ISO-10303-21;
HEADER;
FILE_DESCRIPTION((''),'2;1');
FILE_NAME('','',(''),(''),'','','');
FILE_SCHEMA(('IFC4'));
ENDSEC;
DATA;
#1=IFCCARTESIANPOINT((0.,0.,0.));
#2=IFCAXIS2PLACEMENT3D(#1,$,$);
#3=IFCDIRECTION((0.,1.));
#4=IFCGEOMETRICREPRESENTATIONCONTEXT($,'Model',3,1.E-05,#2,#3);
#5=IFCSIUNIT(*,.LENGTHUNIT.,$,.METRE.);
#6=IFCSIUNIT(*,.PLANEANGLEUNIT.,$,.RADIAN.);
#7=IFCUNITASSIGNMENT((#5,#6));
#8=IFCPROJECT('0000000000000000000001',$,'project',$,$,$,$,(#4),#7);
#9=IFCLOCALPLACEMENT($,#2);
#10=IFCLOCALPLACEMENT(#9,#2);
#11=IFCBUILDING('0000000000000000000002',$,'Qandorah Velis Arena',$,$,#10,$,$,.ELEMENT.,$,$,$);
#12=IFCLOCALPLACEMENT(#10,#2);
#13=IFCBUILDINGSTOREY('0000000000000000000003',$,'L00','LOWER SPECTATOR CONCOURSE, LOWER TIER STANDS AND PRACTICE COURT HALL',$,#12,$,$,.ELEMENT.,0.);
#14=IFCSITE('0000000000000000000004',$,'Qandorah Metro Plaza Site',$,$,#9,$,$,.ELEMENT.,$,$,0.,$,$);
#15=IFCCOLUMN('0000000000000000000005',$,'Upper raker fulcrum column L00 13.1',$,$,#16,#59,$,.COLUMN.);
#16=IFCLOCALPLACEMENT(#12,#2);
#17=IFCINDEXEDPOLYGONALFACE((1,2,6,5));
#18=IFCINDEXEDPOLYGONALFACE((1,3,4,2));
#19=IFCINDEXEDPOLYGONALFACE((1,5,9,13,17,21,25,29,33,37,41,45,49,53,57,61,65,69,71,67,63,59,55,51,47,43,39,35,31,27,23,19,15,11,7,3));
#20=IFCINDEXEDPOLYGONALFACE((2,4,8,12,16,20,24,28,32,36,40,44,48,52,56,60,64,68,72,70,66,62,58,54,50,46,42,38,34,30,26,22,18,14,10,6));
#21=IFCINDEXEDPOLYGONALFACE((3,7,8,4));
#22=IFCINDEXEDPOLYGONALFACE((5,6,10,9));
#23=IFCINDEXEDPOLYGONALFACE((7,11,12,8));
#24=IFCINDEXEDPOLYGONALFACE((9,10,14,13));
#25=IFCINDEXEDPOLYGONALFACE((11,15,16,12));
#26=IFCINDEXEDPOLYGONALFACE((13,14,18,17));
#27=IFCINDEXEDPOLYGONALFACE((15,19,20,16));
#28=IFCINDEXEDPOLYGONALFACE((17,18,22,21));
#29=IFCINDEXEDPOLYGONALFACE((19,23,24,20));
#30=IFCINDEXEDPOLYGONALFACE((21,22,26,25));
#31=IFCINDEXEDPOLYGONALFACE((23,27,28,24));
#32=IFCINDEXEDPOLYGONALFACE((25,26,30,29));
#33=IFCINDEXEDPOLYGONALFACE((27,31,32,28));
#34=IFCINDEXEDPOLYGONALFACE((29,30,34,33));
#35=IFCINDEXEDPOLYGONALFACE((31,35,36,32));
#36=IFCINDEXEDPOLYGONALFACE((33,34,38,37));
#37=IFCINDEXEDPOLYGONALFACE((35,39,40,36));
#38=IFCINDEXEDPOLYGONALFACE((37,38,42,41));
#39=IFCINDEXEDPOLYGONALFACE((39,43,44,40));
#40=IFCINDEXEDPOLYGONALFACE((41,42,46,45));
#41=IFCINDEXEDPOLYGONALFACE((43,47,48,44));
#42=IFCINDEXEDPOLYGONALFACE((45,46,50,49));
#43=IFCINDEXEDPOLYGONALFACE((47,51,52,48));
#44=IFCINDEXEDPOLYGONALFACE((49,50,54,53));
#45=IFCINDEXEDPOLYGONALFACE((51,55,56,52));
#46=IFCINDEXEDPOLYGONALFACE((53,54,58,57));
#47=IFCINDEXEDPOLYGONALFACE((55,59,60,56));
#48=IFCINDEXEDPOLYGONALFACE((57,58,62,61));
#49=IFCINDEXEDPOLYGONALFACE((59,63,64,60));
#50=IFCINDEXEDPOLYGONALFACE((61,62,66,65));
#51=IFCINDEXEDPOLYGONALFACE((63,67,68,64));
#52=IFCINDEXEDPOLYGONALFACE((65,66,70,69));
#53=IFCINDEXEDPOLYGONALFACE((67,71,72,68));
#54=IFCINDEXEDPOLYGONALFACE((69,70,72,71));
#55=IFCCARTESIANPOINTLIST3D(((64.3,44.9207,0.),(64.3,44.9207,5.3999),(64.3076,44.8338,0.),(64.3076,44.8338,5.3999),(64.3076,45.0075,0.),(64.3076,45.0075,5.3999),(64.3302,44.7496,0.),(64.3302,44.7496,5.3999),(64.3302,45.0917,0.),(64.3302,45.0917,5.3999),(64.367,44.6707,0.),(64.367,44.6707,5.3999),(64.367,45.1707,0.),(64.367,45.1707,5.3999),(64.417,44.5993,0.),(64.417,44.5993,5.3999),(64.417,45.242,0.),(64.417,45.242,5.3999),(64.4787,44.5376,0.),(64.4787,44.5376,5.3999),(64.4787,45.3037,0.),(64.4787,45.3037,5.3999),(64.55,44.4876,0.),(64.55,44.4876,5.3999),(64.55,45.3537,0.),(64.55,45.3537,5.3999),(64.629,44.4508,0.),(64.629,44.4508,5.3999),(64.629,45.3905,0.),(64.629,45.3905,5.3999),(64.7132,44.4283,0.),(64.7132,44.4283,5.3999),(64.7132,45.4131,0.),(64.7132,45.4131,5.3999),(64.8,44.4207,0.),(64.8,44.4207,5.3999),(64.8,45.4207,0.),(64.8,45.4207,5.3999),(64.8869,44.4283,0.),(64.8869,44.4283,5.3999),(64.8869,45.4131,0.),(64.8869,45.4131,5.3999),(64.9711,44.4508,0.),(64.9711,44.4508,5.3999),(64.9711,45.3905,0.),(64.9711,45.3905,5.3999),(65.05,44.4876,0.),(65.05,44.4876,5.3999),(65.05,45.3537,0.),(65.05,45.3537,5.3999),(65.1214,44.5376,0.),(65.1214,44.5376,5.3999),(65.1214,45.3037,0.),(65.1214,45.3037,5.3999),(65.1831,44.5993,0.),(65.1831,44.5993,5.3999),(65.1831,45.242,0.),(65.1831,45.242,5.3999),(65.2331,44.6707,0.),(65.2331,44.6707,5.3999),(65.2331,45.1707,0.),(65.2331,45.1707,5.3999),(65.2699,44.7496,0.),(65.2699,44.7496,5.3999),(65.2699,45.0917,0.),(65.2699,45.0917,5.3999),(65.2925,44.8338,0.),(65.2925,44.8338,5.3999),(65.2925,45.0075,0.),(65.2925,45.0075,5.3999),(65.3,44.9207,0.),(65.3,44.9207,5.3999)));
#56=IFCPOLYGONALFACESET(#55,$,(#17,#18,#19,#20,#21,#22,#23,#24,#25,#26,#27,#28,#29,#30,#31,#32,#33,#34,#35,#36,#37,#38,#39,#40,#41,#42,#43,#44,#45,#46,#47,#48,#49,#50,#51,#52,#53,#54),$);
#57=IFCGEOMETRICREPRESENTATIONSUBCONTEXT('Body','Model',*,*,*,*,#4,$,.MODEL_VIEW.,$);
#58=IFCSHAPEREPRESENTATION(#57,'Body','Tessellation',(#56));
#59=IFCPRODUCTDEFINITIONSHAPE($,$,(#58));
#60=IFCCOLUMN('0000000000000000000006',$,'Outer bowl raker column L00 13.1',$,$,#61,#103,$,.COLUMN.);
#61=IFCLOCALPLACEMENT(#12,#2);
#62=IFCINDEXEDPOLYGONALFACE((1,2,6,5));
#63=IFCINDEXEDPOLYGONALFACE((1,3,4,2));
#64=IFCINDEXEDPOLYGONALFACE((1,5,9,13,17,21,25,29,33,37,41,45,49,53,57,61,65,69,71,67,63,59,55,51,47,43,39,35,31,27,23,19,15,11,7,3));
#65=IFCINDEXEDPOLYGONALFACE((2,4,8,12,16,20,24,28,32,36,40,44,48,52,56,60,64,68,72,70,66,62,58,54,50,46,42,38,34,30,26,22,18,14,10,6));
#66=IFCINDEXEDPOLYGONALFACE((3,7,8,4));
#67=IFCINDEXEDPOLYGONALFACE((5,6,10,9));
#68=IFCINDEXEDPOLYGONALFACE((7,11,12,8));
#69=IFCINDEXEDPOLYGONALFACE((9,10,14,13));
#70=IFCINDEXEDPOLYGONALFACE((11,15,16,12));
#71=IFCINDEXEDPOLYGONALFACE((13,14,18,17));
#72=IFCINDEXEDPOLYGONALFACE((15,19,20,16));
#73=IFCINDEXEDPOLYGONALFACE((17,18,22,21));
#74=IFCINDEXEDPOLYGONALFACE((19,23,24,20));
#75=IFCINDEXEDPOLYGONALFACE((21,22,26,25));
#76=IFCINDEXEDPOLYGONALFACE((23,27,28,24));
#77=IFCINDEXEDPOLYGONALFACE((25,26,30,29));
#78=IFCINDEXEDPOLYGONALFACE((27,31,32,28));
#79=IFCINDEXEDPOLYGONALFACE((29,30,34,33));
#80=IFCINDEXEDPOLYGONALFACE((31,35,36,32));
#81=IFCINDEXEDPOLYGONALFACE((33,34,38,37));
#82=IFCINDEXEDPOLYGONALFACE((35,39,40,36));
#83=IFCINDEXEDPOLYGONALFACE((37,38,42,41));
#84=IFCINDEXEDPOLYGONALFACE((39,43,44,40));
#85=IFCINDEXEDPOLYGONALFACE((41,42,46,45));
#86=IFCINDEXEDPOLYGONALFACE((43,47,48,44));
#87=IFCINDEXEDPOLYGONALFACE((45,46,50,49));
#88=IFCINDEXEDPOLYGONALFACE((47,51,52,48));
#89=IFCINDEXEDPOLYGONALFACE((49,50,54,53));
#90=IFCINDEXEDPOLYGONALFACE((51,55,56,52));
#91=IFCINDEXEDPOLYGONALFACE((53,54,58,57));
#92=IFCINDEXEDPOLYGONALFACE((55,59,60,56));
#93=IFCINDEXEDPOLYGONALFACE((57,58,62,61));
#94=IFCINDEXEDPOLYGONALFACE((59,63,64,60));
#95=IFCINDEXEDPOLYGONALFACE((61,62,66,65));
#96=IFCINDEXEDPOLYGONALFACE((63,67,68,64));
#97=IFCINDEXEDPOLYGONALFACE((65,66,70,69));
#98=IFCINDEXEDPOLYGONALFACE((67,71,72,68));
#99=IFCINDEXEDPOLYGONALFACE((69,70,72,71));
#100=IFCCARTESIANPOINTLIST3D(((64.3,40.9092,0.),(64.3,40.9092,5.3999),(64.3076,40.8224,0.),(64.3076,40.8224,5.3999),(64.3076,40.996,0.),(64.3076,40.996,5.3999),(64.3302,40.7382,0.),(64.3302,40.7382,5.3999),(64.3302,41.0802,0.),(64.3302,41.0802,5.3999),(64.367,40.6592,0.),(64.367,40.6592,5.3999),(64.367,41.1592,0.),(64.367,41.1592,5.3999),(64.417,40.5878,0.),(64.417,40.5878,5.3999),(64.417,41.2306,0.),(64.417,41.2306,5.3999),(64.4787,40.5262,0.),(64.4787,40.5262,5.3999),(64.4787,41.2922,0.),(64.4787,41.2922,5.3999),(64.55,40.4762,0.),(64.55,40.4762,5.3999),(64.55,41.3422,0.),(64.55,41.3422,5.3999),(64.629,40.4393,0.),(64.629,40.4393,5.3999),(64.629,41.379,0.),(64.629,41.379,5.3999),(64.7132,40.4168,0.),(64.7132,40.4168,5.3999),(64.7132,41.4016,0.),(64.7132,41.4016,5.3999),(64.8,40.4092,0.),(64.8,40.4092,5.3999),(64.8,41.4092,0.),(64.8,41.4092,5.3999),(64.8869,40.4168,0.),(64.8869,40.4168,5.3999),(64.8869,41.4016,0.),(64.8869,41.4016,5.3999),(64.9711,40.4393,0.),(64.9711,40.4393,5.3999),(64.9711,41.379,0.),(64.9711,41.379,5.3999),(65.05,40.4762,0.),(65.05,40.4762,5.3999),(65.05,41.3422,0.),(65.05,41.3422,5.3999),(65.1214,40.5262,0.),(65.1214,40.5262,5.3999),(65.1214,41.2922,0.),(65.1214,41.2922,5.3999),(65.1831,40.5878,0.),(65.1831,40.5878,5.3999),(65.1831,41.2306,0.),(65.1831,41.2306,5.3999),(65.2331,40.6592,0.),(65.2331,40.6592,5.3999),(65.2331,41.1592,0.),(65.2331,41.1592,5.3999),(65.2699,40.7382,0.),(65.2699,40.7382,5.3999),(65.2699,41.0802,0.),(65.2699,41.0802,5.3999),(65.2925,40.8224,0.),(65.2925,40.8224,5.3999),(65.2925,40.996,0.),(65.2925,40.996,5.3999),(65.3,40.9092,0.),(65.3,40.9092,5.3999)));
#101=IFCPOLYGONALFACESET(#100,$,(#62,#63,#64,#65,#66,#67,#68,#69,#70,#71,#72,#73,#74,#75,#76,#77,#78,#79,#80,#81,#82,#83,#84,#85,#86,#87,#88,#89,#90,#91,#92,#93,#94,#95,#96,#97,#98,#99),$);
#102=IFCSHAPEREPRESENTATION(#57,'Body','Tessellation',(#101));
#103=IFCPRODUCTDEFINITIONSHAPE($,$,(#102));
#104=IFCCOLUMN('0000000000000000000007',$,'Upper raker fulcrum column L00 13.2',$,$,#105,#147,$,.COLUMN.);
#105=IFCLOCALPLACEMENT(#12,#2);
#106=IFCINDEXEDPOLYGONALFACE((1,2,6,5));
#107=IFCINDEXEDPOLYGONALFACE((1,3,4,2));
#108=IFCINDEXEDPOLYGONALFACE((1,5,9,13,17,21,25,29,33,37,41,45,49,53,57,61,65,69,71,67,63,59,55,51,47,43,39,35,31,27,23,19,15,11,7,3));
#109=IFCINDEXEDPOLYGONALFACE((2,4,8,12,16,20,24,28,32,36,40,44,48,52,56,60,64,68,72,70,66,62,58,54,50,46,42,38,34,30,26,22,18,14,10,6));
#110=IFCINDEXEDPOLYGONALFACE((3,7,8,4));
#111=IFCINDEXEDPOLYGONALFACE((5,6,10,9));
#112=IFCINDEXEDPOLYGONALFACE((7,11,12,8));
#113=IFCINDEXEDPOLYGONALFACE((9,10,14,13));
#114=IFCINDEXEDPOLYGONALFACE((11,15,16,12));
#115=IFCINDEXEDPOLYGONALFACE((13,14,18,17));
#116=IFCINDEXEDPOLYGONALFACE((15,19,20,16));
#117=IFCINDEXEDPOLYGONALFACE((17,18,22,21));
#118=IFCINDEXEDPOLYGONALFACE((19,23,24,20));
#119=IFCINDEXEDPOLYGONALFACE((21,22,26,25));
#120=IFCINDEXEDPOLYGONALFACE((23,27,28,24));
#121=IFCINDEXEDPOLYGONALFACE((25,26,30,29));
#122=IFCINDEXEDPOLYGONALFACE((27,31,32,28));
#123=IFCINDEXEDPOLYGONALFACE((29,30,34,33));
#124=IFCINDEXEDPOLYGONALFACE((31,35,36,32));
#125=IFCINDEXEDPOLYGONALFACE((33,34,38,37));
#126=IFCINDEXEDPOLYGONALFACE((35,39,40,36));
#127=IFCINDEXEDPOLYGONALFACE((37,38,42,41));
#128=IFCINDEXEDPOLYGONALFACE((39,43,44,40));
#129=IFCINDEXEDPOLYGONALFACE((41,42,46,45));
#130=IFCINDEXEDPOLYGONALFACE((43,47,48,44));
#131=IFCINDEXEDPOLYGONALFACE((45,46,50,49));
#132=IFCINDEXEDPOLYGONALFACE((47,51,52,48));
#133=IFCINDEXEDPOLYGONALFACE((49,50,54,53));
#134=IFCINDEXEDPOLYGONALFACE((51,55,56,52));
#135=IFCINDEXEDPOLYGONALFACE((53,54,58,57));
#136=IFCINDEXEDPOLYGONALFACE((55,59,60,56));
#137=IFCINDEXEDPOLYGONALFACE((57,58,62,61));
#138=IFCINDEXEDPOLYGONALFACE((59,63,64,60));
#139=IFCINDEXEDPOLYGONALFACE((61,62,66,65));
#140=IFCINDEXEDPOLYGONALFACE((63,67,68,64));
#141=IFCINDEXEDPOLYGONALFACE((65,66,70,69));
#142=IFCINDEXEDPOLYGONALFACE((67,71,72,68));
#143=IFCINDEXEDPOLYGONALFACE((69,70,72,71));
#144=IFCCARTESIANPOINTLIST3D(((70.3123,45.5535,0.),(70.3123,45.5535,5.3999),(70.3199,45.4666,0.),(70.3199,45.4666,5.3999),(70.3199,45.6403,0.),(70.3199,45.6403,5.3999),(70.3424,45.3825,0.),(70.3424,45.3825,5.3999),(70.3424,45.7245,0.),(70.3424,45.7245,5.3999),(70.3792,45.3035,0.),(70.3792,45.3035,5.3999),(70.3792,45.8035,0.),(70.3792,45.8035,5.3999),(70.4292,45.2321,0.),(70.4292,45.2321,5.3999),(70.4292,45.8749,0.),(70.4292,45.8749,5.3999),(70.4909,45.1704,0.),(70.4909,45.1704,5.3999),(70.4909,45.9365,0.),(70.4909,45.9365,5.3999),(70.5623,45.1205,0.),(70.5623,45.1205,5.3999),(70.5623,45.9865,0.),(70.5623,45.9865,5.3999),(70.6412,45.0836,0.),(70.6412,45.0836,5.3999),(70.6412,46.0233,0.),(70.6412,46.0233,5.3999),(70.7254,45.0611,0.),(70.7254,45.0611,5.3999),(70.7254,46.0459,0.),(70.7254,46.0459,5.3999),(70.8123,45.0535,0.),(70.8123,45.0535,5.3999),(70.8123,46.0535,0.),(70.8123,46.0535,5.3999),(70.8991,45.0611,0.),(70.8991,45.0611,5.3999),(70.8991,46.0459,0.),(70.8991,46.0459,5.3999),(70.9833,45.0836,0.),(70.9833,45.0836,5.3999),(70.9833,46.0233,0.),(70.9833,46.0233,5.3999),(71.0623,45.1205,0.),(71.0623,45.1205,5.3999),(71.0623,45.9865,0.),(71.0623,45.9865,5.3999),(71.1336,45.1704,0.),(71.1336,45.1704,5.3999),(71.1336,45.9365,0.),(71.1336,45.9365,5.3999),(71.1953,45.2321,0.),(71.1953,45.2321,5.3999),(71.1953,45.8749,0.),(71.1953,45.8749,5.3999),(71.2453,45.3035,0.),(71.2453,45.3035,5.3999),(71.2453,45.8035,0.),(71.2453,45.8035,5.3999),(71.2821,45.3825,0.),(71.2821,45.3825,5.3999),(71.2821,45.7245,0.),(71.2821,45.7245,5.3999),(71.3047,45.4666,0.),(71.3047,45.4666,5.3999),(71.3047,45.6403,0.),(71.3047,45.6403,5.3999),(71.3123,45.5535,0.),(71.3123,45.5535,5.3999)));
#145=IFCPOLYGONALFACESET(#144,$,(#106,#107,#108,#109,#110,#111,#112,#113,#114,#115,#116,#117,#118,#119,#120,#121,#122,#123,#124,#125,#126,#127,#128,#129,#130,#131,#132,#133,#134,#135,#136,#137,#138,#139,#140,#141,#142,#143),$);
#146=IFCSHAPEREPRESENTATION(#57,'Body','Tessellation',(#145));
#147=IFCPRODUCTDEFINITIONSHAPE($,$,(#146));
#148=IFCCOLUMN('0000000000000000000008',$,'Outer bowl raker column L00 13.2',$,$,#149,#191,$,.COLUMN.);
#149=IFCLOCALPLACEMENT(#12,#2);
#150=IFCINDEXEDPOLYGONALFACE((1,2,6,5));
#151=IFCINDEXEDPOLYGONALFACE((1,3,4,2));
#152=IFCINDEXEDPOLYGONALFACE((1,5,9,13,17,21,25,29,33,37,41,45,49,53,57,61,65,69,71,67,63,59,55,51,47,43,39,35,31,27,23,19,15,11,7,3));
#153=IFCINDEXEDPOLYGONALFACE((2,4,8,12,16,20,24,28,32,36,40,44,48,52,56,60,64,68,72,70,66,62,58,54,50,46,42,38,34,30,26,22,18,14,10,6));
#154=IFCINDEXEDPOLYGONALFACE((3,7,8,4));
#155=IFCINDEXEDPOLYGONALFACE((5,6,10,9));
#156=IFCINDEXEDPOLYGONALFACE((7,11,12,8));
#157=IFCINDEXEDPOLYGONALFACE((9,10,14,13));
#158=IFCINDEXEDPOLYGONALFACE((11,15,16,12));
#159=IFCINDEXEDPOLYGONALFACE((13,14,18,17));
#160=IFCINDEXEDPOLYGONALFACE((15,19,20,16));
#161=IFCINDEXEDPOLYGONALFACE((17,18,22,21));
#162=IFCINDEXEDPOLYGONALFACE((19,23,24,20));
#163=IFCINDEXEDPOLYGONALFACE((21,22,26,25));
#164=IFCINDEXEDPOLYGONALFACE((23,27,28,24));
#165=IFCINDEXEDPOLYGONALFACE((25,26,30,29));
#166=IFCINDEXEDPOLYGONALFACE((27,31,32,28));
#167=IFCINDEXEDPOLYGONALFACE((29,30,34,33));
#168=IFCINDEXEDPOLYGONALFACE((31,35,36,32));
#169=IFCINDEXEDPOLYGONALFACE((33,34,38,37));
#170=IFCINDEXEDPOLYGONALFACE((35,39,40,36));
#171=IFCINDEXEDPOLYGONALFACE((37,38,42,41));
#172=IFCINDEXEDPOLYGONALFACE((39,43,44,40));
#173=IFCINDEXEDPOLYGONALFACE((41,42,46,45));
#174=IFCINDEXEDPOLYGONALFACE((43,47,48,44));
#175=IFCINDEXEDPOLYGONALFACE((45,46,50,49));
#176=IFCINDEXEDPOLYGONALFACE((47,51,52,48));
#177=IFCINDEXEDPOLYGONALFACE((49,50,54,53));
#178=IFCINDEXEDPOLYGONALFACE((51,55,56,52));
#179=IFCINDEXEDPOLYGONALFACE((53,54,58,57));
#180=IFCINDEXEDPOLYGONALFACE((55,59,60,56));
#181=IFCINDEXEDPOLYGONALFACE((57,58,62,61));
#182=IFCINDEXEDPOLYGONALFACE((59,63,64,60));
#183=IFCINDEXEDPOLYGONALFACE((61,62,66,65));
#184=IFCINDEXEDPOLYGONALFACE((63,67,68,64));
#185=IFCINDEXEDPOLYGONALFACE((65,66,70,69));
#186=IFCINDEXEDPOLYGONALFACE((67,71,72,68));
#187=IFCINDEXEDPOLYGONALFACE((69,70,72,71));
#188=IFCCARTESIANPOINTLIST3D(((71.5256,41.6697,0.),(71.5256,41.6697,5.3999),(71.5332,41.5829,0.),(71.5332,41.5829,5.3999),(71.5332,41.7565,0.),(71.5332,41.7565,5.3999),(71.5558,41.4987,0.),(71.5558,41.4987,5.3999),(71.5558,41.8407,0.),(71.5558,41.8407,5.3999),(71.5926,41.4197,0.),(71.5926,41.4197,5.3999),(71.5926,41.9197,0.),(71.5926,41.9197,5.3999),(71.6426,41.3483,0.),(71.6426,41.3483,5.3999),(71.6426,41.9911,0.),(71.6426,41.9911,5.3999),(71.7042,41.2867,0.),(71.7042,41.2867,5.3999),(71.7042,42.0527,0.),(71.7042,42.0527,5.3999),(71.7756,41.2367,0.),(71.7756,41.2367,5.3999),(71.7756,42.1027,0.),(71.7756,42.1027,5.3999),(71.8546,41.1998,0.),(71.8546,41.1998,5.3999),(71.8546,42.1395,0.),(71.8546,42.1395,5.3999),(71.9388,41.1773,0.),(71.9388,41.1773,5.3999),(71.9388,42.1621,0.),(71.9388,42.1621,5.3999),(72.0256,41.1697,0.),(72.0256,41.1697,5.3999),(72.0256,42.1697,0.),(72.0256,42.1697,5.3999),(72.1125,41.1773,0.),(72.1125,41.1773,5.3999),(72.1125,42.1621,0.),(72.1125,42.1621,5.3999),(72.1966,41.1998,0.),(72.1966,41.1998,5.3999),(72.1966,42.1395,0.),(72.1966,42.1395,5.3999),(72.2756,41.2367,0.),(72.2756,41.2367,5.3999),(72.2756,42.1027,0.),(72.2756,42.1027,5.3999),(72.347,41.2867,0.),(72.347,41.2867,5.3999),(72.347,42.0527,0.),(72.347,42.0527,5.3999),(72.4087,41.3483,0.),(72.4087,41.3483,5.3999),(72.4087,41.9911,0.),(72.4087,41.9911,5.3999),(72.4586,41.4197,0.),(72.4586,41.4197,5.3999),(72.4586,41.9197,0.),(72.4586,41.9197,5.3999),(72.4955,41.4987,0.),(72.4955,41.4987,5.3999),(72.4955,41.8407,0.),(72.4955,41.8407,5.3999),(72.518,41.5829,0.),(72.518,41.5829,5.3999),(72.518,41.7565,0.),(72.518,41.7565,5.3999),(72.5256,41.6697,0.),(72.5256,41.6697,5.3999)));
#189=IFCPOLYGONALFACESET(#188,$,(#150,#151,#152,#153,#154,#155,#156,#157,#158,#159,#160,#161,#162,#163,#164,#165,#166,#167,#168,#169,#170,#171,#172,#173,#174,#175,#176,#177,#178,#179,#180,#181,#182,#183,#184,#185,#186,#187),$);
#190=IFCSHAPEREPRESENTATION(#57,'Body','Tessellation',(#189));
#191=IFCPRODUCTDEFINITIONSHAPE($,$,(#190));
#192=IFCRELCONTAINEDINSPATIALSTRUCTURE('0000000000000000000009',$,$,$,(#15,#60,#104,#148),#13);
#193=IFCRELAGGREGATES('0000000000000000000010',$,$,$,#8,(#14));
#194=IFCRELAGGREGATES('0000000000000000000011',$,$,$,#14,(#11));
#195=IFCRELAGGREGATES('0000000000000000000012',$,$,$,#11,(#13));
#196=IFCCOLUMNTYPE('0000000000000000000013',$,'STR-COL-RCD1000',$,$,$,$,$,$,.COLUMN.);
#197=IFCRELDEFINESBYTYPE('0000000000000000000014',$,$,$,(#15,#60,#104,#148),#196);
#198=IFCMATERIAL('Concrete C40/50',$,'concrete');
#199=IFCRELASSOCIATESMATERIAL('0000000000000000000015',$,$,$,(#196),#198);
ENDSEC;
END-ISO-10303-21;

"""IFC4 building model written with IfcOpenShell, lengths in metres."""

from ifc_helpers import new_model, si_unit, direction, frame, origin, origin_2d, place, context, subcontext, project, spatial, circle, extrude, material, material_profile, profile_set, type_object, element, save


model = new_model("IFC4")

# Units and contexts
model_context = context("Model", 3, precision=1e-05, world=origin(), true_north=direction((0.0, 1.0)))
body_context = subcontext(model_context, "Body", "Model", "MODEL_VIEW")
ifc_project = project(units=[si_unit("LENGTHUNIT", "METRE"), si_unit("PLANEANGLEUNIT", "RADIAN")], contexts=[model_context])

# Site, building, storey
site_placement = place(None, origin())
site = spatial("IfcSite", under=ifc_project, at=site_placement, Name="Qandorah Metro Plaza Site", CompositionType="ELEMENT", RefElevation=0.0)
building_placement = place(site_placement, origin())
building = spatial("IfcBuilding", under=site, at=building_placement, Name="Qandorah Velis Arena", CompositionType="ELEMENT")
storey_placement = place(building_placement, origin())
storey = spatial("IfcBuildingStorey", under=building, at=storey_placement, Name="L00", Description="LOWER SPECTATOR CONCOURSE, LOWER TIER STANDS AND PRACTICE COURT HALL", CompositionType="ELEMENT", Elevation=0.0)

# Columns
ifc_material_1 = material(Name="Concrete C40/50", Category="concrete")
ifc_material_profile_1 = material_profile(ifc_material_1, circle(Radius=0.5, at=origin_2d()), Name="RC D1000")
ifc_profile_set_1 = profile_set([ifc_material_profile_1], Name="Concrete C40/50")
column_type_1 = type_object("IfcColumnType", Name="STR-COL-RCD1000", PredefinedType="COLUMN", material=ifc_profile_set_1)
for number, where, z_axis, x_axis, name in (
    (1, (64.8, 44.9207, 0.0), (0.0, 0.0, 1.0), (1.0, 0.0, 0.0), "Upper raker fulcrum column L00 13.1"),
    (2, (64.8, 40.9092, 0.0), (0.0, 0.0, 1.0), (1.0, 0.0, 0.0), "Outer bowl raker column L00 13.1"),
    (3, (70.8123, 45.5535, 0.0), (0.0, 0.0, 1.0), (1.0, 0.0, 0.0), "Upper raker fulcrum column L00 13.2"),
    (4, (72.0256, 41.6697, 0.0), (0.0, 0.0, 1.0), (1.0, 0.0, 0.0), "Outer bowl raker column L00 13.2"),
):
    element("IfcColumn", number, at=place(storey_placement, frame(where, z_axis=z_axis, x_axis=x_axis)), inside=storey, type_object=column_type_1, Name=name, PredefinedType="COLUMN", context=body_context, shape_type="SweptSolid", body=[
        extrude(circle(Radius=0.5, at=origin_2d()), origin(), (0.0, 0.0, 1.0), 5.3999),
    ])

save(model, "model.ifc")
